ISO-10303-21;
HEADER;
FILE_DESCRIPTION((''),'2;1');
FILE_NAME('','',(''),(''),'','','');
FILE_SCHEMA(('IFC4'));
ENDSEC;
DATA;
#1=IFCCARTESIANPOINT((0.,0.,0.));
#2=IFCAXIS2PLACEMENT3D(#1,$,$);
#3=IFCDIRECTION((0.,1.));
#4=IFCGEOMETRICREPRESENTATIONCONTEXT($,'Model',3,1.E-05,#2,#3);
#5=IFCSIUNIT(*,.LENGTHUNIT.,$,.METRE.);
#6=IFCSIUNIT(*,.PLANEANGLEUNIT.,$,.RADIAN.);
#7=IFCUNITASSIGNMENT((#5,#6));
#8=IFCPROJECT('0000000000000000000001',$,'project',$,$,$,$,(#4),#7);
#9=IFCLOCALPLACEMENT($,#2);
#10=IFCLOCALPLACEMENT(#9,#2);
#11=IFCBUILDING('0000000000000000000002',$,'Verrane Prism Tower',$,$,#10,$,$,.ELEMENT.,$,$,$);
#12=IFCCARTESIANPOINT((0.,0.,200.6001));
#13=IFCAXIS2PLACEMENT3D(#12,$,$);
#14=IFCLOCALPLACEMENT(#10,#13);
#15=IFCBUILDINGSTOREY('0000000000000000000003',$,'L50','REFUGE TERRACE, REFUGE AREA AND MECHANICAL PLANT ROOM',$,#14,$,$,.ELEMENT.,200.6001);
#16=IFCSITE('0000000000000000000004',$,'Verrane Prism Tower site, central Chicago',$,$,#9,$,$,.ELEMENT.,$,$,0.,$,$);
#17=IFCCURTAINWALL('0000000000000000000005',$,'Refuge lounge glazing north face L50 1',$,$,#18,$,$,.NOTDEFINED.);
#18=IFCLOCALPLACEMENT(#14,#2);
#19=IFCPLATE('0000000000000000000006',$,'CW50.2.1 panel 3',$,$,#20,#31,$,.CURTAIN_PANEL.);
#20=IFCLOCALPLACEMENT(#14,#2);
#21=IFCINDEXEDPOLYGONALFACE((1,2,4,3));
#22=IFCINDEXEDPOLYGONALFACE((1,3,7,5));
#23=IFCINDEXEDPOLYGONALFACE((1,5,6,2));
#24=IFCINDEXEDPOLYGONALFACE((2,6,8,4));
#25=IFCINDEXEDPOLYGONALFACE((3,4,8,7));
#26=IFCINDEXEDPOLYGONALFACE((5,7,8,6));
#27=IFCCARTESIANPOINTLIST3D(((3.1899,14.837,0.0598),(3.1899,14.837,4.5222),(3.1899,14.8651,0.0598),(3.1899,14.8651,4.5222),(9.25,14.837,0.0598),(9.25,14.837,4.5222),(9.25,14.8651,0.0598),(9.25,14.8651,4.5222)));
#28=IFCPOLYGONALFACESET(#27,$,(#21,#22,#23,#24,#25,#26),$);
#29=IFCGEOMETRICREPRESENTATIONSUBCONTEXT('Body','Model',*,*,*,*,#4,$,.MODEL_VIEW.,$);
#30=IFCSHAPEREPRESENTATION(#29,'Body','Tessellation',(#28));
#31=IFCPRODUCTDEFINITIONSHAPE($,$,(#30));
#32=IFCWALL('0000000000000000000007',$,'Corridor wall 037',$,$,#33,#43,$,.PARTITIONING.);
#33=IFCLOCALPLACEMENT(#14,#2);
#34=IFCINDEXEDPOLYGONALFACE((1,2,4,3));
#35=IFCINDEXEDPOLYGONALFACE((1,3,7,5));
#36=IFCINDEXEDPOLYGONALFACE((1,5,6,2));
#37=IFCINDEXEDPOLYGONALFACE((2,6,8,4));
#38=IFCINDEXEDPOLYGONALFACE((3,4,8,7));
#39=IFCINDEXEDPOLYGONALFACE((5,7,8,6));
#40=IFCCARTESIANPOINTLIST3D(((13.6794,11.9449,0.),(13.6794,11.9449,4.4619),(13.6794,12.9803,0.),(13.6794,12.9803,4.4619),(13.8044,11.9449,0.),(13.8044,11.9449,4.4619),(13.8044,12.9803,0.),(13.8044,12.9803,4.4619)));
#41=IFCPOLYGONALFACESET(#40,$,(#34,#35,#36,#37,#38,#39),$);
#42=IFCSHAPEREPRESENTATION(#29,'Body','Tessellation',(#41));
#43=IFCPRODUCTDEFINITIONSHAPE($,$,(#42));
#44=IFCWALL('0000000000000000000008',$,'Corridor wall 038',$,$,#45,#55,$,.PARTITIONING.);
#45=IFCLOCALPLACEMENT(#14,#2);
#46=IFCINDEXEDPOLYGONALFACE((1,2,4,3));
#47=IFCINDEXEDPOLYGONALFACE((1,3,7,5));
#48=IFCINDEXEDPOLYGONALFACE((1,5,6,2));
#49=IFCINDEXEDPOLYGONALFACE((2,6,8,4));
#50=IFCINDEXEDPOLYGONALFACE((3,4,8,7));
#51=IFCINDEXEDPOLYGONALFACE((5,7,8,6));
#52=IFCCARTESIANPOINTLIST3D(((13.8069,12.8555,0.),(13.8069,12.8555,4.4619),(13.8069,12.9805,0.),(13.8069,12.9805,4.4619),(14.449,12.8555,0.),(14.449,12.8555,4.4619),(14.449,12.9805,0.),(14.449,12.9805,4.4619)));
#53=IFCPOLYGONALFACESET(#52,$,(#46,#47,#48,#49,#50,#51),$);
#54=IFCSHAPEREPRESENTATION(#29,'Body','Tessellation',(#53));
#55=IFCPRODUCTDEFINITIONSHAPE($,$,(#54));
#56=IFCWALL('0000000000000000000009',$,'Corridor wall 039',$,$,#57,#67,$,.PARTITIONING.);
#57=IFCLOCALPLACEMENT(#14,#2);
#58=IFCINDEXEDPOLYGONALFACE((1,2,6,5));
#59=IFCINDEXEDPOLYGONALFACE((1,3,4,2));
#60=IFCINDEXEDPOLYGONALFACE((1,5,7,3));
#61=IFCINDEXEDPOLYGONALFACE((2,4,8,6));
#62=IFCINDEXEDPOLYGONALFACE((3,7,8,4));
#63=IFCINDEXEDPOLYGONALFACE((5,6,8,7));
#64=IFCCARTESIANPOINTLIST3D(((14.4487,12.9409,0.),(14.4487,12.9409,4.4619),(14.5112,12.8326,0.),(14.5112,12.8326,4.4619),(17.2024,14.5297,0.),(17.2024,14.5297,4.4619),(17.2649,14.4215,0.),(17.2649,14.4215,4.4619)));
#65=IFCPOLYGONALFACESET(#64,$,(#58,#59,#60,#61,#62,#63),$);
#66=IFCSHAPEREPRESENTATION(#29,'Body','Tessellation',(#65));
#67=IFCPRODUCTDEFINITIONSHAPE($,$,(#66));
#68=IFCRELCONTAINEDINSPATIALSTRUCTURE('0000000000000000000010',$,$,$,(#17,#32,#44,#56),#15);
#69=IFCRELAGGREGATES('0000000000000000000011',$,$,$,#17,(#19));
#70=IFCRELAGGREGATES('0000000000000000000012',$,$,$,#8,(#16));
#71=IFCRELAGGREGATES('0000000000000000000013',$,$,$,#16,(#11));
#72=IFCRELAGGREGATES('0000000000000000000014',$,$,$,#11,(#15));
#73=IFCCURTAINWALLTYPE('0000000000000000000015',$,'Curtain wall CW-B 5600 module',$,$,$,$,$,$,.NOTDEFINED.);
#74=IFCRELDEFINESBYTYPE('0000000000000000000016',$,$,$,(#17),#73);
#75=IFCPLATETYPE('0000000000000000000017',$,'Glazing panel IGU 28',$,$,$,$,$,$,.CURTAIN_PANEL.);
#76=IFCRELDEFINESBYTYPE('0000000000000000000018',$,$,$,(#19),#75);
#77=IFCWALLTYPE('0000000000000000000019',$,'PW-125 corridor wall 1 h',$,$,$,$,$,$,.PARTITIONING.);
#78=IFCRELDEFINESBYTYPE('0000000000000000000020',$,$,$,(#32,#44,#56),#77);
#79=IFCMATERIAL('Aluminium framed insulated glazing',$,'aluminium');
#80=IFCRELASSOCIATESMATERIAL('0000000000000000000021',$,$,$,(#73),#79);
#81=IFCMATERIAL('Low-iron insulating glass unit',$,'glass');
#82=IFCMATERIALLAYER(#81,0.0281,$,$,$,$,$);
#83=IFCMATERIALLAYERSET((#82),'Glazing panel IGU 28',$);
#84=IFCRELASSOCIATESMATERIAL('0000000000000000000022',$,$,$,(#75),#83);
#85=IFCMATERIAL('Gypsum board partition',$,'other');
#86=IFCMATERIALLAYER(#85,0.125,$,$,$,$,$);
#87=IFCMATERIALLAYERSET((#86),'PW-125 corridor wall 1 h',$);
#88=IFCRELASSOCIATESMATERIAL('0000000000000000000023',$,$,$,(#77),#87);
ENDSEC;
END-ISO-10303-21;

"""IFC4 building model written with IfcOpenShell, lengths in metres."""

from ifc_helpers import new_model, si_unit, direction, frame, frame_2d, origin, origin_2d, place, context, subcontext, project, spatial, rectangle, extrude, material, layer, layer_set, type_object, element, aggregate, save


model = new_model("IFC4")

# Units and contexts
model_context = context("Model", 3, precision=1e-05, world=origin(), true_north=direction((0.0, 1.0)))
body_context = subcontext(model_context, "Body", "Model", "MODEL_VIEW")
ifc_project = project(units=[si_unit("LENGTHUNIT", "METRE"), si_unit("PLANEANGLEUNIT", "RADIAN")], contexts=[model_context])

# Site, building, storey
site_placement = place(None, origin())
site = spatial("IfcSite", under=ifc_project, at=site_placement, Name="Verrane Prism Tower site, central Chicago", CompositionType="ELEMENT", RefElevation=0.0)
building_placement = place(site_placement, origin())
building = spatial("IfcBuilding", under=site, at=building_placement, Name="Verrane Prism Tower", CompositionType="ELEMENT")
storey_placement = place(building_placement, frame((0.0, 0.0, 200.6001)))
storey = spatial("IfcBuildingStorey", under=building, at=storey_placement, Name="L50", Description="REFUGE TERRACE, REFUGE AREA AND MECHANICAL PLANT ROOM", CompositionType="ELEMENT", Elevation=200.6001)

# Curtain wall
ifc_material_1 = material(Name="Aluminium framed insulated glazing", Category="aluminium")
curtain_wall_type = type_object("IfcCurtainWallType", Name="Curtain wall CW-B 5600 module", PredefinedType="NOTDEFINED", material=ifc_material_1)
curtain_wall_placement = place(storey_placement, origin())
curtain_wall = element("IfcCurtainWall", 1, at=curtain_wall_placement, inside=storey, type_object=curtain_wall_type, Name="Refuge lounge glazing north face L50 1", PredefinedType="NOTDEFINED")

# Plate
ifc_material_2 = material(Name="Low-iron insulating glass unit", Category="glass")
ifc_layer_1 = layer(ifc_material_2, 0.0281)
ifc_layer_set_1 = layer_set([ifc_layer_1], Name="Glazing panel IGU 28")
plate_type = type_object("IfcPlateType", Name="Glazing panel IGU 28", PredefinedType="CURTAIN_PANEL", material=ifc_layer_set_1)
plate_1_placement = place(storey_placement, frame((6.22, 14.8511, 0.0598), z_axis=(0.0, 0.0, 1.0), x_axis=(-1.0, 0.0, 0.0)))
plate_1 = element("IfcPlate", 2, at=plate_1_placement, type_object=plate_type, Name="CW50.2.1 panel 3", PredefinedType="CURTAIN_PANEL", context=body_context, shape_type="SweptSolid", body=[
    extrude(rectangle(XDim=6.0601, YDim=0.0281, at=origin_2d()), origin(), (0.0, 0.0, 1.0), 4.4624),
])
aggregate(curtain_wall, [plate_1])

# Walls
ifc_material_3 = material(Name="Gypsum board partition", Category="other")
ifc_layer_2 = layer(ifc_material_3, 0.125)
ifc_layer_set_2 = layer_set([ifc_layer_2], Name="PW-125 corridor wall 1 h")
wall_type_1 = type_object("IfcWallType", Name="PW-125 corridor wall 1 h", PredefinedType="PARTITIONING", material=ifc_layer_set_2)
wall_1_placement = place(storey_placement, frame((13.7419, 11.9451, 0.0), z_axis=(0.0, 0.0, 1.0), x_axis=(0.0, 1.0, 0.0)))
element("IfcWall", 3, at=wall_1_placement, inside=storey, type_object=wall_type_1, Name="Corridor wall 037", PredefinedType="PARTITIONING", context=body_context, shape_type="SweptSolid", body=[
    extrude(rectangle(XDim=1.0354, YDim=0.125, at=frame_2d((0.5176, 0.0))), origin(), (0.0, 0.0, 1.0), 4.4619),
])
wall_2_placement = place(storey_placement, frame((13.8069, 12.918, 0.0), z_axis=(0.0, 0.0, 1.0), x_axis=(1.0, 0.0, 0.0)))
element("IfcWall", 4, at=wall_2_placement, inside=storey, type_object=wall_type_1, Name="Corridor wall 038", PredefinedType="PARTITIONING", context=body_context, shape_type="SweptSolid", body=[
    extrude(rectangle(XDim=0.6421, YDim=0.125, at=frame_2d((0.321, 0.0))), origin(), (0.0, 0.0, 1.0), 4.4619),
])
wall_3_placement = place(storey_placement, frame((14.48, 12.8867, 0.0), z_axis=(0.0, 0.0, 1.0), x_axis=(0.866156, 0.499773, 0.0)))
element("IfcWall", 5, at=wall_3_placement, inside=storey, type_object=wall_type_1, Name="Corridor wall 039", PredefinedType="PARTITIONING", context=body_context, shape_type="SweptSolid", body=[
    extrude(rectangle(XDim=3.1792, YDim=0.125, at=frame_2d((1.5896, 0.0))), origin(), (0.0, 0.0, 1.0), 4.4619),
])

save(model, "model.ifc")
